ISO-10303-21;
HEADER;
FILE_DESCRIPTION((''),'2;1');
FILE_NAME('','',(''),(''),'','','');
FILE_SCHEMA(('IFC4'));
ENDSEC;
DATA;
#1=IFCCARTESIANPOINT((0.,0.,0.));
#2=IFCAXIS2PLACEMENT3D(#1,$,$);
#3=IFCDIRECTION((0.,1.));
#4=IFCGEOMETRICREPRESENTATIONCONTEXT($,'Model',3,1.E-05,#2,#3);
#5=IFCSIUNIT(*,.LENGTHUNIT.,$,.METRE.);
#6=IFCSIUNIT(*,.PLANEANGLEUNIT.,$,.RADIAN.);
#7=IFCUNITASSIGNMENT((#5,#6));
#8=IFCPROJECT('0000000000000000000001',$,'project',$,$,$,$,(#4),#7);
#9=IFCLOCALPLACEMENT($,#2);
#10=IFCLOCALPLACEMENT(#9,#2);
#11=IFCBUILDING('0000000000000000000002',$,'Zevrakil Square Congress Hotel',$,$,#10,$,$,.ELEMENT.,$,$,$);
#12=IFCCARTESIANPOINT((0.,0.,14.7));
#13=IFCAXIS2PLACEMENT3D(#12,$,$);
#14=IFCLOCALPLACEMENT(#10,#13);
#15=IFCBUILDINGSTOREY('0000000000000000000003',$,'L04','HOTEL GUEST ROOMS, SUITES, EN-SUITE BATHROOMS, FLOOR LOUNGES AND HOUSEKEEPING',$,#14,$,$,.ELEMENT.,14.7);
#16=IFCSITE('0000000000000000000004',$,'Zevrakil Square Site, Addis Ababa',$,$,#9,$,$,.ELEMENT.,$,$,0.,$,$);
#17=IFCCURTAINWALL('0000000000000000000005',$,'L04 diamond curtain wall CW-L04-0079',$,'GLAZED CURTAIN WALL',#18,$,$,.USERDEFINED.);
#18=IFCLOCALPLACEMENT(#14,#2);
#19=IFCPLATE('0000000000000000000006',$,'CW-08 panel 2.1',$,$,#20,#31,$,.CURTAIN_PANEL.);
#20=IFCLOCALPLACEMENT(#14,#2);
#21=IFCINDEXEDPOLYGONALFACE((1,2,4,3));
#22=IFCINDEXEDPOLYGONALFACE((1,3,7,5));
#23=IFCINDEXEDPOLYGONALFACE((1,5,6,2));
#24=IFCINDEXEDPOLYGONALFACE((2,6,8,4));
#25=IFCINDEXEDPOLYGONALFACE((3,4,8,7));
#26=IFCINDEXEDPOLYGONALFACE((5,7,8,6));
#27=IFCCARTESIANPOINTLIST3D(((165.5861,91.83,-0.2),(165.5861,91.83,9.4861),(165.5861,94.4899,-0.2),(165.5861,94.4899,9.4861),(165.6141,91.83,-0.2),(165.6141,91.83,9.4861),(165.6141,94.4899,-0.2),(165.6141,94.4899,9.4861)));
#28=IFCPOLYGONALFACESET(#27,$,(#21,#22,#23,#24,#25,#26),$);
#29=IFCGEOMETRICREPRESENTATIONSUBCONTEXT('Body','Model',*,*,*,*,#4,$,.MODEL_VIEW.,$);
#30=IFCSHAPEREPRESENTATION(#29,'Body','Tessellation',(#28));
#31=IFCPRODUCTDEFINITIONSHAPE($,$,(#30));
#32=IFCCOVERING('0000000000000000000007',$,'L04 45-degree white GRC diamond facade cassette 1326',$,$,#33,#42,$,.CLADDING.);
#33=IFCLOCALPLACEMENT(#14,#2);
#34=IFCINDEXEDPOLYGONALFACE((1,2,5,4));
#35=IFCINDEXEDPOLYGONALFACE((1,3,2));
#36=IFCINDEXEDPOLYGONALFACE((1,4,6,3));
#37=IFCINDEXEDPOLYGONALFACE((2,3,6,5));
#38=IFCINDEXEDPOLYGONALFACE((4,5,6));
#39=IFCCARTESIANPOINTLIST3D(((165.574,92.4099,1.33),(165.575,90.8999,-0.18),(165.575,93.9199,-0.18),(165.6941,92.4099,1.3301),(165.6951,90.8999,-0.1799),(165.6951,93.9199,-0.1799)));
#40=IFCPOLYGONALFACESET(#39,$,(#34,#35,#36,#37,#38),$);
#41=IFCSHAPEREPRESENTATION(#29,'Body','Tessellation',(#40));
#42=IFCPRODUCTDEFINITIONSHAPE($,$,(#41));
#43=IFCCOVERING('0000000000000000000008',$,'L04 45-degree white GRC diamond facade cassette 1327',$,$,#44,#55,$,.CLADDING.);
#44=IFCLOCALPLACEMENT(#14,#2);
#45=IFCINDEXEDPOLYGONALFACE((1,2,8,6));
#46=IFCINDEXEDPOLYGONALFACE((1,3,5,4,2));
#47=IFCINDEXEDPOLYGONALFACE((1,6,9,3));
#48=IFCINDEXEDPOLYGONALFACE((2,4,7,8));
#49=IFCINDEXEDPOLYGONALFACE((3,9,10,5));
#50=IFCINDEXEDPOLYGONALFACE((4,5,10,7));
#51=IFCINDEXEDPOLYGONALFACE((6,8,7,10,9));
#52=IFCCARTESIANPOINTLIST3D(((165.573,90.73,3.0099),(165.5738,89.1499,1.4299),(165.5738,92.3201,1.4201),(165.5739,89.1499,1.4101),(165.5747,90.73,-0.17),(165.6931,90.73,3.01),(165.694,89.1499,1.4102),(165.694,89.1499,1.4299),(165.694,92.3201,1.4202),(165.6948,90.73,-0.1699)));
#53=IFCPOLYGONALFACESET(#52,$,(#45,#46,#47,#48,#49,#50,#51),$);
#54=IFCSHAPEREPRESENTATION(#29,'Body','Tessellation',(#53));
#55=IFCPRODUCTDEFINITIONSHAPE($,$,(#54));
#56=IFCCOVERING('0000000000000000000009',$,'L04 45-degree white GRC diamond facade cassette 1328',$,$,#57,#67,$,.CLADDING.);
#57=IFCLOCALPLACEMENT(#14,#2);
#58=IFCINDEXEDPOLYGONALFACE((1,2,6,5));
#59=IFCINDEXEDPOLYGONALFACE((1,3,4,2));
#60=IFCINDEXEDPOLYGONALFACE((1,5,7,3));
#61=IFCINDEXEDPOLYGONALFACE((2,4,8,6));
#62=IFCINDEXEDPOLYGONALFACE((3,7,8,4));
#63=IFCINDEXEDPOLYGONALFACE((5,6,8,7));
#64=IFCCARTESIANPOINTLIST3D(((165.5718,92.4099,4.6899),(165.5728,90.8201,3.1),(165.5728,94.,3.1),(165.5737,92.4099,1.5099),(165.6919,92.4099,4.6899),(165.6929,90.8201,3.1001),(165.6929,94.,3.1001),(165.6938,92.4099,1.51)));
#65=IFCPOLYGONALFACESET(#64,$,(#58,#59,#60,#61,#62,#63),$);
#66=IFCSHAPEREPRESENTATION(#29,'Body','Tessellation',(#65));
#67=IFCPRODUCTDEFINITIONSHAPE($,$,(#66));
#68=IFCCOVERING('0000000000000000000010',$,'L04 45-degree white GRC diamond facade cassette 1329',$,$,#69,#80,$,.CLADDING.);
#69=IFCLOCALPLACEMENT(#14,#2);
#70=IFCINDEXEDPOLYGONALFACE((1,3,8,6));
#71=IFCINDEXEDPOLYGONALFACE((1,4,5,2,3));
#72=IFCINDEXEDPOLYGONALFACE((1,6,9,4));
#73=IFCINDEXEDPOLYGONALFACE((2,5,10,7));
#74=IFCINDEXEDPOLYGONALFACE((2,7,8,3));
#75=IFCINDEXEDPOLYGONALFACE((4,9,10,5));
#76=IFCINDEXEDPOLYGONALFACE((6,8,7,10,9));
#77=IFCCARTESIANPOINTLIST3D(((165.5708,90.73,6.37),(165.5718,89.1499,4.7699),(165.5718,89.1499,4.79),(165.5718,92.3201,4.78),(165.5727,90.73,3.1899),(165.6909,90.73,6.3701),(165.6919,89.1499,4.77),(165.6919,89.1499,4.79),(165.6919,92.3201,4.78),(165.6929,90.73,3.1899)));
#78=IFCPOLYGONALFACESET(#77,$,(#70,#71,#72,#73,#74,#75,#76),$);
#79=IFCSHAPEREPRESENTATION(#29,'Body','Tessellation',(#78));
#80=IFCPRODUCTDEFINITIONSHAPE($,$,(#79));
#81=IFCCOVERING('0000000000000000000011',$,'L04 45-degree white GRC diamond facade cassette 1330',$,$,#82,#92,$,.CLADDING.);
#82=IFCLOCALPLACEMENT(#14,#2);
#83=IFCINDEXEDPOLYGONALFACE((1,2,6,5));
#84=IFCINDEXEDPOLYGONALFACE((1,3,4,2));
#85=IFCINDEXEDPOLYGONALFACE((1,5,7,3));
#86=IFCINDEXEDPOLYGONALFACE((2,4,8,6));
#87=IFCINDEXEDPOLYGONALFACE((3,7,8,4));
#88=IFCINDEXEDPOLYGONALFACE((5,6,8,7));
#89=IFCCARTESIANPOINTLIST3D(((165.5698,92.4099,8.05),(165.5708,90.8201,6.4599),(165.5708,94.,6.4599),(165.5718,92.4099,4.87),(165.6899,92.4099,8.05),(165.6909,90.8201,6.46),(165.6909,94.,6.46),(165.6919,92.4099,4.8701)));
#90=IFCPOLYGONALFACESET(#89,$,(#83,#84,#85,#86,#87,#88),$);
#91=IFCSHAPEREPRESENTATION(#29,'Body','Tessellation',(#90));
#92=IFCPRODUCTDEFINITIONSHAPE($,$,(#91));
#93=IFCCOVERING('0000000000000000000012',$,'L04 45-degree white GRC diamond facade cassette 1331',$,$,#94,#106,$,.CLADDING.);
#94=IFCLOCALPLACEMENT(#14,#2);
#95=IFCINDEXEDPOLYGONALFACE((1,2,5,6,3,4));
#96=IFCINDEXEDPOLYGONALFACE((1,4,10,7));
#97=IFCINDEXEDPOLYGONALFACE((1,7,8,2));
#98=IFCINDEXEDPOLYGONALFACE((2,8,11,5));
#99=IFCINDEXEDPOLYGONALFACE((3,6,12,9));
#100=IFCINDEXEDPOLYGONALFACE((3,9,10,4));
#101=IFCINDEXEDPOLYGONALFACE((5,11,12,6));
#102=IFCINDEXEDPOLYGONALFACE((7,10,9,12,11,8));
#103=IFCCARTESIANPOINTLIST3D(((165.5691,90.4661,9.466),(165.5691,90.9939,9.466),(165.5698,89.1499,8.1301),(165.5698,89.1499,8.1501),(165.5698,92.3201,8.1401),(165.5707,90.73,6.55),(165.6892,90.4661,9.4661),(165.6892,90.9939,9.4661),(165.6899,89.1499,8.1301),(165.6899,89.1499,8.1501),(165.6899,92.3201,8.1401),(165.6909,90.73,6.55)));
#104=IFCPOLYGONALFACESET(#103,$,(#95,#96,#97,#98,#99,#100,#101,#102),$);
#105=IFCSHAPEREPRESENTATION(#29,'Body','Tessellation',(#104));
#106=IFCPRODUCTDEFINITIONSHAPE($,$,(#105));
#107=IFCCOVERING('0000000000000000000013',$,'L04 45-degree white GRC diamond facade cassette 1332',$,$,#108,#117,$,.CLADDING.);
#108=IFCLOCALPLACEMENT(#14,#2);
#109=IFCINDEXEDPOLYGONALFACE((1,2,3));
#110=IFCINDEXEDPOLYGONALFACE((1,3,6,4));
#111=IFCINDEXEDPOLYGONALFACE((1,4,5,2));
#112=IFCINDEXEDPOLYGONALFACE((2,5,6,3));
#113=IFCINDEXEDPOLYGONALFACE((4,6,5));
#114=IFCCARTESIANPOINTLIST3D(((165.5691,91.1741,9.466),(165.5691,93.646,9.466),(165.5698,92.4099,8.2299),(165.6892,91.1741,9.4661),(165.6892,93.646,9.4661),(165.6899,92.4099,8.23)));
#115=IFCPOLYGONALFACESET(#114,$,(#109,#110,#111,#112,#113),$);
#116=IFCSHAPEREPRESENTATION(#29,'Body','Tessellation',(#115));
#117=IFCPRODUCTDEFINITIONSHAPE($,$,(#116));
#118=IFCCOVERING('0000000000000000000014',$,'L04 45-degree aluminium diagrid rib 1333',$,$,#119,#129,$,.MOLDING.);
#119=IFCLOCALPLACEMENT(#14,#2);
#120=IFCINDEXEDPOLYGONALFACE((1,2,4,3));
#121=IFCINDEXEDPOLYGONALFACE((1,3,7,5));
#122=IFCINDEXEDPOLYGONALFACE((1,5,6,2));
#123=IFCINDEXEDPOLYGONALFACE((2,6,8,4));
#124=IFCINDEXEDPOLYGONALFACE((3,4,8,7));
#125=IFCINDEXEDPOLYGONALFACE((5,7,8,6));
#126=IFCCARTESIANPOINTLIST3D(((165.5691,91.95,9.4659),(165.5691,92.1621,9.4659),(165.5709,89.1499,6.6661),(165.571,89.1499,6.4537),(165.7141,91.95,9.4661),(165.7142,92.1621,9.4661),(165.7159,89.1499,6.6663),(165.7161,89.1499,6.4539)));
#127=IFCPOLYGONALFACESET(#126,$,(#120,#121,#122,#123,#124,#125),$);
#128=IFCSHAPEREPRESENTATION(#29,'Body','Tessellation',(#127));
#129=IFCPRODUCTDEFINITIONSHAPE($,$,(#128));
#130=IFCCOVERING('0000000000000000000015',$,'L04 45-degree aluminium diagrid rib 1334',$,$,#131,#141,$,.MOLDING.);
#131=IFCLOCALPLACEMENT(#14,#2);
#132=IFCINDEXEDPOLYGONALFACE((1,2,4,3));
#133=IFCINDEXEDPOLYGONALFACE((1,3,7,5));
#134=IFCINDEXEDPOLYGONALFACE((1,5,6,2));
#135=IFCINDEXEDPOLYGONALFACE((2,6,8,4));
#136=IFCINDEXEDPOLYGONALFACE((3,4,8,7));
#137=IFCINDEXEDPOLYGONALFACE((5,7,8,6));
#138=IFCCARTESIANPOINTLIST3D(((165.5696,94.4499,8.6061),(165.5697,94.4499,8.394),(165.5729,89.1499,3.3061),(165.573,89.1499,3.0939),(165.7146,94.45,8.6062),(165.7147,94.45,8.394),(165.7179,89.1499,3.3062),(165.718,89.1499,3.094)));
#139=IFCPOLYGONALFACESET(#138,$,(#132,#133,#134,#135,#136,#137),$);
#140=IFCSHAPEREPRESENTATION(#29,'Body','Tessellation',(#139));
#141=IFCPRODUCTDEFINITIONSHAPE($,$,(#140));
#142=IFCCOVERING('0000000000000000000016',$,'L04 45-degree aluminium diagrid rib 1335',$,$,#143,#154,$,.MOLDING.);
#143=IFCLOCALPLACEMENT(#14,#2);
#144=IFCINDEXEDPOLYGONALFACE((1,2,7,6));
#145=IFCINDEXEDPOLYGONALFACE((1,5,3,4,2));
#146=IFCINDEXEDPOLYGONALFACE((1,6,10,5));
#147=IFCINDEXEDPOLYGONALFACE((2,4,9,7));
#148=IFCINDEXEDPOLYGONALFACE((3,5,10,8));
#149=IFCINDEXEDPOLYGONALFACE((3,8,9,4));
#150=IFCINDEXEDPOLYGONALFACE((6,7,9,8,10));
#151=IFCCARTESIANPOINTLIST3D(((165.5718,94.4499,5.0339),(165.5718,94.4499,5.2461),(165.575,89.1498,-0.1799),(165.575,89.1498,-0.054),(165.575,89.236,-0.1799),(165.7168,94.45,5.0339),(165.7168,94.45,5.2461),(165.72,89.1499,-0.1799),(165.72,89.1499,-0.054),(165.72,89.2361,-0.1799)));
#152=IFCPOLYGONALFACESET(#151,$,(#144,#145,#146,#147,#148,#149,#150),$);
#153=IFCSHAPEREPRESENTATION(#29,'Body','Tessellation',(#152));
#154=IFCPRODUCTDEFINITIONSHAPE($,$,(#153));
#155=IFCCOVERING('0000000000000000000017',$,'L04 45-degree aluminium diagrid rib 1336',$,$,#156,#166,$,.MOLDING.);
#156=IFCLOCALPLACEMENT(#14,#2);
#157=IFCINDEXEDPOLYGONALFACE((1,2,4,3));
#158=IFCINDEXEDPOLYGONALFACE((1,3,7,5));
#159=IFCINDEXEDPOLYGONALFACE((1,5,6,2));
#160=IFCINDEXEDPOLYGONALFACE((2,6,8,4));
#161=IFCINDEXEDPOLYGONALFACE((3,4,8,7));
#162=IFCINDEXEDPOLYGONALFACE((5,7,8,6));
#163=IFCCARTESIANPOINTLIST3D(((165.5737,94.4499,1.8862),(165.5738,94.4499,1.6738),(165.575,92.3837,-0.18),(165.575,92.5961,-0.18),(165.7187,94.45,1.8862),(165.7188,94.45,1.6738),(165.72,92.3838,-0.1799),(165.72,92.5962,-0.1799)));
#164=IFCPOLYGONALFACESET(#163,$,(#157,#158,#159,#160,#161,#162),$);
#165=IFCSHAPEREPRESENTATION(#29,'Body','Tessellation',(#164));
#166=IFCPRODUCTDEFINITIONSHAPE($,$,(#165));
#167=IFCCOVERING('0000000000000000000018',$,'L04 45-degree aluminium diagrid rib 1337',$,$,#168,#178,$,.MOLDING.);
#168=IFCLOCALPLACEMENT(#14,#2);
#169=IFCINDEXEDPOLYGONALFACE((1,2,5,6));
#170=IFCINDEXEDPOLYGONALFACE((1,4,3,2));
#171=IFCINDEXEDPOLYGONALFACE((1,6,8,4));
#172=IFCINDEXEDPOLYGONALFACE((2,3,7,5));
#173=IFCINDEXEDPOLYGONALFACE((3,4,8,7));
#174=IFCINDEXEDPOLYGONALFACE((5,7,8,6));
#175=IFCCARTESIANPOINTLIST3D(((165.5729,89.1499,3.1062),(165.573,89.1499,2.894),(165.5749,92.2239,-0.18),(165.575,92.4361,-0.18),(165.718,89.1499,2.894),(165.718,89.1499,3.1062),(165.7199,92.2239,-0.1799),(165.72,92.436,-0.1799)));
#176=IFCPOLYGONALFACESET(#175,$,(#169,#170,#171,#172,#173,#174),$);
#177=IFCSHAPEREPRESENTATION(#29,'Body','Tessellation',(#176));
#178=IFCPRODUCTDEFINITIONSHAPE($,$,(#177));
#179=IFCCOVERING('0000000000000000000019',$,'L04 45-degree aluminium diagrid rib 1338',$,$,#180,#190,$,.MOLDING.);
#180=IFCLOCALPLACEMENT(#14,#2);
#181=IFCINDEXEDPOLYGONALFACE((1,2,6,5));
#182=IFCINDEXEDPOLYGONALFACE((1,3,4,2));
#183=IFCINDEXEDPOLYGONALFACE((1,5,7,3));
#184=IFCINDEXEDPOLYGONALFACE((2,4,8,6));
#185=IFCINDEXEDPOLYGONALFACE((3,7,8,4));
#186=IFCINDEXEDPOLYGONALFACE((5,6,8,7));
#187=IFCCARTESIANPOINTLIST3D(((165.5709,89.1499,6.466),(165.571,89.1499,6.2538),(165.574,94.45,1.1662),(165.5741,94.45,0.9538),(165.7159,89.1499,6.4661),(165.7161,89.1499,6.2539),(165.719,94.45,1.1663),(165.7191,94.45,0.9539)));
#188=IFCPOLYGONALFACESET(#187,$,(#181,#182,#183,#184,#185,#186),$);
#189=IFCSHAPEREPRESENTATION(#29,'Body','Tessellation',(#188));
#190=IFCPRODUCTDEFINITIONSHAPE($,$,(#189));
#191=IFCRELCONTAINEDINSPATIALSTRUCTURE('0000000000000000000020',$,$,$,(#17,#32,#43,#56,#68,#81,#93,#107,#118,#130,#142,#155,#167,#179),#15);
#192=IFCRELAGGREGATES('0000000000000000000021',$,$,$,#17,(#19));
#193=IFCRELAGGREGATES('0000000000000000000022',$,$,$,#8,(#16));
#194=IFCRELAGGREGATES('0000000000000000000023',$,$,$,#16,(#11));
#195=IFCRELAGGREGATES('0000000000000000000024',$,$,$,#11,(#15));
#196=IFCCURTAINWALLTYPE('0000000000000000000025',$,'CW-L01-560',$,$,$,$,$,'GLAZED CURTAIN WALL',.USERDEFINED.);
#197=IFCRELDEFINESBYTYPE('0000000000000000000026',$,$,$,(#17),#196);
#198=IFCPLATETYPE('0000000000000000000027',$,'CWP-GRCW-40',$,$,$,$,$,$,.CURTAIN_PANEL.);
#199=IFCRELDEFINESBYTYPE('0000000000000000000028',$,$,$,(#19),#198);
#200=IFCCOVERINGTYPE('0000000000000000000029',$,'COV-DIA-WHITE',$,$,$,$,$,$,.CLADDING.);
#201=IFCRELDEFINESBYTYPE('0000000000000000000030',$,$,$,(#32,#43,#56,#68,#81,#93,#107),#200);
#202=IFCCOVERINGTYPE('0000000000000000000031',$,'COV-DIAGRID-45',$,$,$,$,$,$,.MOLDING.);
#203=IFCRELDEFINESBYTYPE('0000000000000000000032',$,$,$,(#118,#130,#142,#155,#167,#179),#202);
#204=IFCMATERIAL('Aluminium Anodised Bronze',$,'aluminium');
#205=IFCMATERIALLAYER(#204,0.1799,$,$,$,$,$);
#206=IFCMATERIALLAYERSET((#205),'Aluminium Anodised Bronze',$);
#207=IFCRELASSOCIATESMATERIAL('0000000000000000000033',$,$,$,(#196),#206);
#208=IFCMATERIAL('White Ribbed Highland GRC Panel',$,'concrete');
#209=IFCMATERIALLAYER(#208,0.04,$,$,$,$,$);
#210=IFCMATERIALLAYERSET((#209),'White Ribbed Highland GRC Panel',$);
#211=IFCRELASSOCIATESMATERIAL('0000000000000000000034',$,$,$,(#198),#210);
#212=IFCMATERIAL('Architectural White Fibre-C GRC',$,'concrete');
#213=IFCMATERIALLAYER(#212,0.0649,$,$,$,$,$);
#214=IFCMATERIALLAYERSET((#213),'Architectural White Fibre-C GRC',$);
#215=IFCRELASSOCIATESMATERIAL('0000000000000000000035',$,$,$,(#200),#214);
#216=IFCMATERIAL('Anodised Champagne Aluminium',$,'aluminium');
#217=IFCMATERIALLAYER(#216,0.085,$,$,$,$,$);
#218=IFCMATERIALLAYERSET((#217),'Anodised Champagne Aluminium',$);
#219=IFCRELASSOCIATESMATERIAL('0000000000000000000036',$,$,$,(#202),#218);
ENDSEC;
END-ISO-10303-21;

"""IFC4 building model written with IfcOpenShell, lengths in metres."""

from ifc_helpers import new_model, si_unit, direction, frame, origin, origin_2d, place, context, subcontext, project, spatial, polyline, rectangle, outline, extrude, material, layer, layer_set, type_object, element, aggregate, save


model = new_model("IFC4")

# Units and contexts
model_context = context("Model", 3, precision=1e-05, world=origin(), true_north=direction((0.0, 1.0)))
body_context = subcontext(model_context, "Body", "Model", "MODEL_VIEW")
ifc_project = project(units=[si_unit("LENGTHUNIT", "METRE"), si_unit("PLANEANGLEUNIT", "RADIAN")], contexts=[model_context])

# Site, building, storey
site_placement = place(None, origin())
site = spatial("IfcSite", under=ifc_project, at=site_placement, Name="Zevrakil Square Site, Addis Ababa", CompositionType="ELEMENT", RefElevation=0.0)
building_placement = place(site_placement, origin())
building = spatial("IfcBuilding", under=site, at=building_placement, Name="Zevrakil Square Congress Hotel", CompositionType="ELEMENT")
storey_placement = place(building_placement, frame((0.0, 0.0, 14.7)))
storey = spatial("IfcBuildingStorey", under=building, at=storey_placement, Name="L04", Description="HOTEL GUEST ROOMS, SUITES, EN-SUITE BATHROOMS, FLOOR LOUNGES AND HOUSEKEEPING", CompositionType="ELEMENT", Elevation=14.7)

# Curtain wall
ifc_material_1 = material(Name="Aluminium Anodised Bronze", Category="aluminium")
ifc_layer_1 = layer(ifc_material_1, 0.1799)
ifc_layer_set_1 = layer_set([ifc_layer_1], Name="Aluminium Anodised Bronze")
curtain_wall_type = type_object("IfcCurtainWallType", Name="CW-L01-560", ElementType="GLAZED CURTAIN WALL", PredefinedType="USERDEFINED", material=ifc_layer_set_1)
curtain_wall_1_placement = place(storey_placement, origin())
curtain_wall_1 = element("IfcCurtainWall", 1, at=curtain_wall_1_placement, inside=storey, type_object=curtain_wall_type, Name="L04 diamond curtain wall CW-L04-0079", ObjectType="GLAZED CURTAIN WALL", PredefinedType="USERDEFINED")

# Plate
ifc_material_2 = material(Name="White Ribbed Highland GRC Panel", Category="concrete")
ifc_layer_2 = layer(ifc_material_2, 0.04)
ifc_layer_set_2 = layer_set([ifc_layer_2], Name="White Ribbed Highland GRC Panel")
plate_type_1 = type_object("IfcPlateType", Name="CWP-GRCW-40", PredefinedType="CURTAIN_PANEL", material=ifc_layer_set_2)
plate_1_placement = place(storey_placement, frame((165.6001, 93.1599, -0.2), z_axis=(0.0, 0.0, 1.0), x_axis=(0.0, 1.0, 0.0)))
plate_1 = element("IfcPlate", 2, at=plate_1_placement, type_object=plate_type_1, Name="CW-08 panel 2.1", PredefinedType="CURTAIN_PANEL", context=body_context, shape_type="SweptSolid", body=[
    extrude(rectangle(XDim=2.6599, YDim=0.0281, at=origin_2d()), origin(), (0.0, 0.0, 1.0), 9.686),
])
aggregate(curtain_wall_1, [plate_1])

# Coverings
ifc_material_3 = material(Name="Architectural White Fibre-C GRC", Category="concrete")
ifc_layer_3 = layer(ifc_material_3, 0.0649)
ifc_layer_set_3 = layer_set([ifc_layer_3], Name="Architectural White Fibre-C GRC")
covering_type_1 = type_object("IfcCoveringType", Name="COV-DIA-WHITE", PredefinedType="CLADDING", material=ifc_layer_set_3)
covering_1_placement = place(storey_placement, frame((165.6941, 92.4099, 1.3301), z_axis=(1.0, 0.0, 0.000647), x_axis=(0.000457, 0.707107, -0.707107)))
element("IfcCovering", 3, at=covering_1_placement, inside=storey, type_object=covering_type_1, Name="L04 45-degree white GRC diamond facade cassette 1326", PredefinedType="CLADDING", context=body_context, shape_type="SweptSolid", body=[
    extrude(outline(polyline([(0.0, 0.0), (2.1355, 0.0), (0.0, -2.1355), (0.0, 0.0)])), origin(), (0.0, 0.0, -1.0), 0.1201),
])
covering_2_placement = place(storey_placement, frame((165.6931, 90.73, 3.01), z_axis=(1.0, 0.0, 0.000536), x_axis=(0.000379, 0.707161, -0.707052)))
element("IfcCovering", 4, at=covering_2_placement, inside=storey, type_object=covering_type_1, Name="L04 45-degree white GRC diamond facade cassette 1327", PredefinedType="CLADDING", context=body_context, shape_type="SweptSolid", body=[
    extrude(outline(polyline([(0.0, 0.0), (2.2486, 0.0), (2.2484, -2.2487), (0.0138, -2.2486), (-0.0002, -2.2346), (0.0, 0.0)])), origin(), (0.0, 0.0, -1.0), 0.1201),
])
covering_3_placement = place(storey_placement, frame((165.6919, 92.4099, 4.6899), z_axis=(1.0, 0.0, 0.000614), x_axis=(0.000434, 0.707161, -0.707052)))
element("IfcCovering", 5, at=covering_3_placement, inside=storey, type_object=covering_type_1, Name="L04 45-degree white GRC diamond facade cassette 1328", PredefinedType="CLADDING", context=body_context, shape_type="SweptSolid", body=[
    extrude(outline(polyline([(0.0, 0.0), (2.2486, 0.0), (2.2484, -2.2487), (-0.0002, -2.2484), (0.0, 0.0)])), origin(), (0.0, 0.0, -1.0), 0.1201),
])
covering_4_placement = place(storey_placement, frame((165.6909, 90.73, 6.3701), z_axis=(1.0, 0.0, 0.000612), x_axis=(0.000433, 0.707107, -0.707107)))
element("IfcCovering", 6, at=covering_4_placement, inside=storey, type_object=covering_type_1, Name="L04 45-degree white GRC diamond facade cassette 1329", PredefinedType="CLADDING", context=body_context, shape_type="SweptSolid", body=[
    extrude(outline(polyline([(0.0, 0.0), (2.2487, 0.0), (2.2487, -2.2487), (0.0142, -2.2487), (0.0, -2.2346), (0.0, 0.0)])), origin(), (0.0, 0.0, -1.0), 0.1201),
])
covering_5_placement = place(storey_placement, frame((165.6899, 92.4099, 8.05), z_axis=(1.0, 0.0, 0.000614), x_axis=(0.000434, 0.707107, -0.707107)))
element("IfcCovering", 7, at=covering_5_placement, inside=storey, type_object=covering_type_1, Name="L04 45-degree white GRC diamond facade cassette 1330", PredefinedType="CLADDING", context=body_context, shape_type="SweptSolid", body=[
    extrude(outline(polyline([(0.0, 0.0), (2.2487, 0.0), (2.2486, -2.2486), (0.0002, -2.2486), (0.0, 0.0)])), origin(), (0.0, 0.0, -1.0), 0.1201),
])
covering_6_placement = place(storey_placement, frame((165.6899, 92.3201, 8.1401), z_axis=(1.0, 0.0, 0.000582), x_axis=(0.000411, -0.707107, -0.707107)))
element("IfcCovering", 8, at=covering_6_placement, inside=storey, type_object=covering_type_1, Name="L04 45-degree white GRC diamond facade cassette 1331", PredefinedType="CLADDING", context=body_context, shape_type="SweptSolid", body=[
    extrude(outline(polyline([(0.0, 0.0), (2.2487, 0.0), (2.2487, -2.2346), (2.2346, -2.2487), (0.3734, -2.2486), (0.0002, -1.8753), (0.0, 0.0)])), origin(), (0.0, 0.0, -1.0), 0.1201),
])
covering_7_placement = place(storey_placement, frame((165.6899, 92.4099, 8.23), z_axis=(1.0, 0.0, 0.000593), x_axis=(-0.000419, -0.707037, 0.707177)))
element("IfcCovering", 9, at=covering_7_placement, inside=storey, type_object=covering_type_1, Name="L04 45-degree white GRC diamond facade cassette 1332", PredefinedType="CLADDING", context=body_context, shape_type="SweptSolid", body=[
    extrude(outline(polyline([(0.0, 0.0), (1.7479, 0.0), (0.0002, -1.7481), (0.0, 0.0)])), origin(), (0.0, 0.0, -1.0), 0.1201),
])
ifc_material_4 = material(Name="Anodised Champagne Aluminium", Category="aluminium")
ifc_layer_4 = layer(ifc_material_4, 0.085)
ifc_layer_set_4 = layer_set([ifc_layer_4], Name="Anodised Champagne Aluminium")
covering_type_2 = type_object("IfcCoveringType", Name="COV-DIAGRID-45", PredefinedType="MOLDING", material=ifc_layer_set_4)
covering_8_placement = place(storey_placement, frame((165.7161, 89.1499, 6.4539), z_axis=(1.0, -0.00026, 0.00089), x_axis=(-0.00089, 0.0, 1.0)))
element("IfcCovering", 10, at=covering_8_placement, inside=storey, type_object=covering_type_2, Name="L04 45-degree aluminium diagrid rib 1333", PredefinedType="MOLDING", context=body_context, shape_type="SweptSolid", body=[
    extrude(outline(polyline([(0.0, 0.0), (0.2124, 0.0), (3.0122, -2.8), (3.0122, -3.0122), (0.0, 0.0)])), origin(), (0.0, 0.0, -1.0), 0.145),
])
covering_9_placement = place(storey_placement, frame((165.718, 89.1499, 3.094), z_axis=(1.0, 0.000046, 0.000575), x_axis=(-0.000575, 0.0, 1.0)))
element("IfcCovering", 11, at=covering_9_placement, inside=storey, type_object=covering_type_2, Name="L04 45-degree aluminium diagrid rib 1334", PredefinedType="MOLDING", context=body_context, shape_type="SweptSolid", body=[
    extrude(outline(polyline([(0.0, 0.0), (0.2122, 0.0), (5.5122, -5.3), (5.3, -5.3), (0.0, 0.0)])), origin(), (0.0, 0.0, -1.0), 0.145),
])
covering_10_placement = place(storey_placement, frame((165.72, 89.2361, -0.1799), z_axis=(1.0, 0.000479, 0.000122), x_axis=(0.000479, -1.0, 0.0)))
element("IfcCovering", 12, at=covering_10_placement, inside=storey, type_object=covering_type_2, Name="L04 45-degree aluminium diagrid rib 1335", PredefinedType="MOLDING", context=body_context, shape_type="SweptSolid", body=[
    extrude(outline(polyline([(0.0, 0.0), (0.0862, 0.0), (0.0862, -0.126), (-5.2139, -5.426), (-5.2139, -5.2139), (0.0, 0.0)])), origin(), (0.0, 0.0, -1.0), 0.145),
])
covering_11_placement = place(storey_placement, frame((165.72, 92.5962, -0.1799), z_axis=(1.0, 0.000311, 0.000311), x_axis=(0.000311, -1.0, 0.0)))
element("IfcCovering", 13, at=covering_11_placement, inside=storey, type_object=covering_type_2, Name="L04 45-degree aluminium diagrid rib 1336", PredefinedType="MOLDING", context=body_context, shape_type="SweptSolid", body=[
    extrude(outline(polyline([(0.0, 0.0), (0.2124, 0.0), (-1.8538, -2.0662), (-1.8538, -1.8538), (0.0, 0.0)])), origin(), (0.0, 0.0, -1.0), 0.145),
])
covering_12_placement = place(storey_placement, frame((165.718, 89.1499, 2.894), z_axis=(1.0, -0.000307, 0.000307), x_axis=(-0.000307, 0.0, 1.0)))
element("IfcCovering", 14, at=covering_12_placement, inside=storey, type_object=covering_type_2, Name="L04 45-degree aluminium diagrid rib 1337", PredefinedType="MOLDING", context=body_context, shape_type="SweptSolid", body=[
    extrude(outline(polyline([(0.0, 0.0), (0.2122, 0.0), (-3.074, -3.2861), (-3.074, -3.074), (0.0, 0.0)])), origin(), (0.0, 0.0, -1.0), 0.145),
])
covering_13_placement = place(storey_placement, frame((165.7161, 89.1499, 6.2539), z_axis=(1.0, -0.000001, 0.000575), x_axis=(-0.000575, 0.0, 1.0)))
element("IfcCovering", 15, at=covering_13_placement, inside=storey, type_object=covering_type_2, Name="L04 45-degree aluminium diagrid rib 1338", PredefinedType="MOLDING", context=body_context, shape_type="SweptSolid", body=[
    extrude(outline(polyline([(0.0, 0.0), (0.2122, 0.0), (-5.0876, -5.3), (-5.3, -5.3), (0.0, 0.0)])), origin(), (0.0, 0.0, -1.0), 0.145),
])

save(model, "model.ifc")
